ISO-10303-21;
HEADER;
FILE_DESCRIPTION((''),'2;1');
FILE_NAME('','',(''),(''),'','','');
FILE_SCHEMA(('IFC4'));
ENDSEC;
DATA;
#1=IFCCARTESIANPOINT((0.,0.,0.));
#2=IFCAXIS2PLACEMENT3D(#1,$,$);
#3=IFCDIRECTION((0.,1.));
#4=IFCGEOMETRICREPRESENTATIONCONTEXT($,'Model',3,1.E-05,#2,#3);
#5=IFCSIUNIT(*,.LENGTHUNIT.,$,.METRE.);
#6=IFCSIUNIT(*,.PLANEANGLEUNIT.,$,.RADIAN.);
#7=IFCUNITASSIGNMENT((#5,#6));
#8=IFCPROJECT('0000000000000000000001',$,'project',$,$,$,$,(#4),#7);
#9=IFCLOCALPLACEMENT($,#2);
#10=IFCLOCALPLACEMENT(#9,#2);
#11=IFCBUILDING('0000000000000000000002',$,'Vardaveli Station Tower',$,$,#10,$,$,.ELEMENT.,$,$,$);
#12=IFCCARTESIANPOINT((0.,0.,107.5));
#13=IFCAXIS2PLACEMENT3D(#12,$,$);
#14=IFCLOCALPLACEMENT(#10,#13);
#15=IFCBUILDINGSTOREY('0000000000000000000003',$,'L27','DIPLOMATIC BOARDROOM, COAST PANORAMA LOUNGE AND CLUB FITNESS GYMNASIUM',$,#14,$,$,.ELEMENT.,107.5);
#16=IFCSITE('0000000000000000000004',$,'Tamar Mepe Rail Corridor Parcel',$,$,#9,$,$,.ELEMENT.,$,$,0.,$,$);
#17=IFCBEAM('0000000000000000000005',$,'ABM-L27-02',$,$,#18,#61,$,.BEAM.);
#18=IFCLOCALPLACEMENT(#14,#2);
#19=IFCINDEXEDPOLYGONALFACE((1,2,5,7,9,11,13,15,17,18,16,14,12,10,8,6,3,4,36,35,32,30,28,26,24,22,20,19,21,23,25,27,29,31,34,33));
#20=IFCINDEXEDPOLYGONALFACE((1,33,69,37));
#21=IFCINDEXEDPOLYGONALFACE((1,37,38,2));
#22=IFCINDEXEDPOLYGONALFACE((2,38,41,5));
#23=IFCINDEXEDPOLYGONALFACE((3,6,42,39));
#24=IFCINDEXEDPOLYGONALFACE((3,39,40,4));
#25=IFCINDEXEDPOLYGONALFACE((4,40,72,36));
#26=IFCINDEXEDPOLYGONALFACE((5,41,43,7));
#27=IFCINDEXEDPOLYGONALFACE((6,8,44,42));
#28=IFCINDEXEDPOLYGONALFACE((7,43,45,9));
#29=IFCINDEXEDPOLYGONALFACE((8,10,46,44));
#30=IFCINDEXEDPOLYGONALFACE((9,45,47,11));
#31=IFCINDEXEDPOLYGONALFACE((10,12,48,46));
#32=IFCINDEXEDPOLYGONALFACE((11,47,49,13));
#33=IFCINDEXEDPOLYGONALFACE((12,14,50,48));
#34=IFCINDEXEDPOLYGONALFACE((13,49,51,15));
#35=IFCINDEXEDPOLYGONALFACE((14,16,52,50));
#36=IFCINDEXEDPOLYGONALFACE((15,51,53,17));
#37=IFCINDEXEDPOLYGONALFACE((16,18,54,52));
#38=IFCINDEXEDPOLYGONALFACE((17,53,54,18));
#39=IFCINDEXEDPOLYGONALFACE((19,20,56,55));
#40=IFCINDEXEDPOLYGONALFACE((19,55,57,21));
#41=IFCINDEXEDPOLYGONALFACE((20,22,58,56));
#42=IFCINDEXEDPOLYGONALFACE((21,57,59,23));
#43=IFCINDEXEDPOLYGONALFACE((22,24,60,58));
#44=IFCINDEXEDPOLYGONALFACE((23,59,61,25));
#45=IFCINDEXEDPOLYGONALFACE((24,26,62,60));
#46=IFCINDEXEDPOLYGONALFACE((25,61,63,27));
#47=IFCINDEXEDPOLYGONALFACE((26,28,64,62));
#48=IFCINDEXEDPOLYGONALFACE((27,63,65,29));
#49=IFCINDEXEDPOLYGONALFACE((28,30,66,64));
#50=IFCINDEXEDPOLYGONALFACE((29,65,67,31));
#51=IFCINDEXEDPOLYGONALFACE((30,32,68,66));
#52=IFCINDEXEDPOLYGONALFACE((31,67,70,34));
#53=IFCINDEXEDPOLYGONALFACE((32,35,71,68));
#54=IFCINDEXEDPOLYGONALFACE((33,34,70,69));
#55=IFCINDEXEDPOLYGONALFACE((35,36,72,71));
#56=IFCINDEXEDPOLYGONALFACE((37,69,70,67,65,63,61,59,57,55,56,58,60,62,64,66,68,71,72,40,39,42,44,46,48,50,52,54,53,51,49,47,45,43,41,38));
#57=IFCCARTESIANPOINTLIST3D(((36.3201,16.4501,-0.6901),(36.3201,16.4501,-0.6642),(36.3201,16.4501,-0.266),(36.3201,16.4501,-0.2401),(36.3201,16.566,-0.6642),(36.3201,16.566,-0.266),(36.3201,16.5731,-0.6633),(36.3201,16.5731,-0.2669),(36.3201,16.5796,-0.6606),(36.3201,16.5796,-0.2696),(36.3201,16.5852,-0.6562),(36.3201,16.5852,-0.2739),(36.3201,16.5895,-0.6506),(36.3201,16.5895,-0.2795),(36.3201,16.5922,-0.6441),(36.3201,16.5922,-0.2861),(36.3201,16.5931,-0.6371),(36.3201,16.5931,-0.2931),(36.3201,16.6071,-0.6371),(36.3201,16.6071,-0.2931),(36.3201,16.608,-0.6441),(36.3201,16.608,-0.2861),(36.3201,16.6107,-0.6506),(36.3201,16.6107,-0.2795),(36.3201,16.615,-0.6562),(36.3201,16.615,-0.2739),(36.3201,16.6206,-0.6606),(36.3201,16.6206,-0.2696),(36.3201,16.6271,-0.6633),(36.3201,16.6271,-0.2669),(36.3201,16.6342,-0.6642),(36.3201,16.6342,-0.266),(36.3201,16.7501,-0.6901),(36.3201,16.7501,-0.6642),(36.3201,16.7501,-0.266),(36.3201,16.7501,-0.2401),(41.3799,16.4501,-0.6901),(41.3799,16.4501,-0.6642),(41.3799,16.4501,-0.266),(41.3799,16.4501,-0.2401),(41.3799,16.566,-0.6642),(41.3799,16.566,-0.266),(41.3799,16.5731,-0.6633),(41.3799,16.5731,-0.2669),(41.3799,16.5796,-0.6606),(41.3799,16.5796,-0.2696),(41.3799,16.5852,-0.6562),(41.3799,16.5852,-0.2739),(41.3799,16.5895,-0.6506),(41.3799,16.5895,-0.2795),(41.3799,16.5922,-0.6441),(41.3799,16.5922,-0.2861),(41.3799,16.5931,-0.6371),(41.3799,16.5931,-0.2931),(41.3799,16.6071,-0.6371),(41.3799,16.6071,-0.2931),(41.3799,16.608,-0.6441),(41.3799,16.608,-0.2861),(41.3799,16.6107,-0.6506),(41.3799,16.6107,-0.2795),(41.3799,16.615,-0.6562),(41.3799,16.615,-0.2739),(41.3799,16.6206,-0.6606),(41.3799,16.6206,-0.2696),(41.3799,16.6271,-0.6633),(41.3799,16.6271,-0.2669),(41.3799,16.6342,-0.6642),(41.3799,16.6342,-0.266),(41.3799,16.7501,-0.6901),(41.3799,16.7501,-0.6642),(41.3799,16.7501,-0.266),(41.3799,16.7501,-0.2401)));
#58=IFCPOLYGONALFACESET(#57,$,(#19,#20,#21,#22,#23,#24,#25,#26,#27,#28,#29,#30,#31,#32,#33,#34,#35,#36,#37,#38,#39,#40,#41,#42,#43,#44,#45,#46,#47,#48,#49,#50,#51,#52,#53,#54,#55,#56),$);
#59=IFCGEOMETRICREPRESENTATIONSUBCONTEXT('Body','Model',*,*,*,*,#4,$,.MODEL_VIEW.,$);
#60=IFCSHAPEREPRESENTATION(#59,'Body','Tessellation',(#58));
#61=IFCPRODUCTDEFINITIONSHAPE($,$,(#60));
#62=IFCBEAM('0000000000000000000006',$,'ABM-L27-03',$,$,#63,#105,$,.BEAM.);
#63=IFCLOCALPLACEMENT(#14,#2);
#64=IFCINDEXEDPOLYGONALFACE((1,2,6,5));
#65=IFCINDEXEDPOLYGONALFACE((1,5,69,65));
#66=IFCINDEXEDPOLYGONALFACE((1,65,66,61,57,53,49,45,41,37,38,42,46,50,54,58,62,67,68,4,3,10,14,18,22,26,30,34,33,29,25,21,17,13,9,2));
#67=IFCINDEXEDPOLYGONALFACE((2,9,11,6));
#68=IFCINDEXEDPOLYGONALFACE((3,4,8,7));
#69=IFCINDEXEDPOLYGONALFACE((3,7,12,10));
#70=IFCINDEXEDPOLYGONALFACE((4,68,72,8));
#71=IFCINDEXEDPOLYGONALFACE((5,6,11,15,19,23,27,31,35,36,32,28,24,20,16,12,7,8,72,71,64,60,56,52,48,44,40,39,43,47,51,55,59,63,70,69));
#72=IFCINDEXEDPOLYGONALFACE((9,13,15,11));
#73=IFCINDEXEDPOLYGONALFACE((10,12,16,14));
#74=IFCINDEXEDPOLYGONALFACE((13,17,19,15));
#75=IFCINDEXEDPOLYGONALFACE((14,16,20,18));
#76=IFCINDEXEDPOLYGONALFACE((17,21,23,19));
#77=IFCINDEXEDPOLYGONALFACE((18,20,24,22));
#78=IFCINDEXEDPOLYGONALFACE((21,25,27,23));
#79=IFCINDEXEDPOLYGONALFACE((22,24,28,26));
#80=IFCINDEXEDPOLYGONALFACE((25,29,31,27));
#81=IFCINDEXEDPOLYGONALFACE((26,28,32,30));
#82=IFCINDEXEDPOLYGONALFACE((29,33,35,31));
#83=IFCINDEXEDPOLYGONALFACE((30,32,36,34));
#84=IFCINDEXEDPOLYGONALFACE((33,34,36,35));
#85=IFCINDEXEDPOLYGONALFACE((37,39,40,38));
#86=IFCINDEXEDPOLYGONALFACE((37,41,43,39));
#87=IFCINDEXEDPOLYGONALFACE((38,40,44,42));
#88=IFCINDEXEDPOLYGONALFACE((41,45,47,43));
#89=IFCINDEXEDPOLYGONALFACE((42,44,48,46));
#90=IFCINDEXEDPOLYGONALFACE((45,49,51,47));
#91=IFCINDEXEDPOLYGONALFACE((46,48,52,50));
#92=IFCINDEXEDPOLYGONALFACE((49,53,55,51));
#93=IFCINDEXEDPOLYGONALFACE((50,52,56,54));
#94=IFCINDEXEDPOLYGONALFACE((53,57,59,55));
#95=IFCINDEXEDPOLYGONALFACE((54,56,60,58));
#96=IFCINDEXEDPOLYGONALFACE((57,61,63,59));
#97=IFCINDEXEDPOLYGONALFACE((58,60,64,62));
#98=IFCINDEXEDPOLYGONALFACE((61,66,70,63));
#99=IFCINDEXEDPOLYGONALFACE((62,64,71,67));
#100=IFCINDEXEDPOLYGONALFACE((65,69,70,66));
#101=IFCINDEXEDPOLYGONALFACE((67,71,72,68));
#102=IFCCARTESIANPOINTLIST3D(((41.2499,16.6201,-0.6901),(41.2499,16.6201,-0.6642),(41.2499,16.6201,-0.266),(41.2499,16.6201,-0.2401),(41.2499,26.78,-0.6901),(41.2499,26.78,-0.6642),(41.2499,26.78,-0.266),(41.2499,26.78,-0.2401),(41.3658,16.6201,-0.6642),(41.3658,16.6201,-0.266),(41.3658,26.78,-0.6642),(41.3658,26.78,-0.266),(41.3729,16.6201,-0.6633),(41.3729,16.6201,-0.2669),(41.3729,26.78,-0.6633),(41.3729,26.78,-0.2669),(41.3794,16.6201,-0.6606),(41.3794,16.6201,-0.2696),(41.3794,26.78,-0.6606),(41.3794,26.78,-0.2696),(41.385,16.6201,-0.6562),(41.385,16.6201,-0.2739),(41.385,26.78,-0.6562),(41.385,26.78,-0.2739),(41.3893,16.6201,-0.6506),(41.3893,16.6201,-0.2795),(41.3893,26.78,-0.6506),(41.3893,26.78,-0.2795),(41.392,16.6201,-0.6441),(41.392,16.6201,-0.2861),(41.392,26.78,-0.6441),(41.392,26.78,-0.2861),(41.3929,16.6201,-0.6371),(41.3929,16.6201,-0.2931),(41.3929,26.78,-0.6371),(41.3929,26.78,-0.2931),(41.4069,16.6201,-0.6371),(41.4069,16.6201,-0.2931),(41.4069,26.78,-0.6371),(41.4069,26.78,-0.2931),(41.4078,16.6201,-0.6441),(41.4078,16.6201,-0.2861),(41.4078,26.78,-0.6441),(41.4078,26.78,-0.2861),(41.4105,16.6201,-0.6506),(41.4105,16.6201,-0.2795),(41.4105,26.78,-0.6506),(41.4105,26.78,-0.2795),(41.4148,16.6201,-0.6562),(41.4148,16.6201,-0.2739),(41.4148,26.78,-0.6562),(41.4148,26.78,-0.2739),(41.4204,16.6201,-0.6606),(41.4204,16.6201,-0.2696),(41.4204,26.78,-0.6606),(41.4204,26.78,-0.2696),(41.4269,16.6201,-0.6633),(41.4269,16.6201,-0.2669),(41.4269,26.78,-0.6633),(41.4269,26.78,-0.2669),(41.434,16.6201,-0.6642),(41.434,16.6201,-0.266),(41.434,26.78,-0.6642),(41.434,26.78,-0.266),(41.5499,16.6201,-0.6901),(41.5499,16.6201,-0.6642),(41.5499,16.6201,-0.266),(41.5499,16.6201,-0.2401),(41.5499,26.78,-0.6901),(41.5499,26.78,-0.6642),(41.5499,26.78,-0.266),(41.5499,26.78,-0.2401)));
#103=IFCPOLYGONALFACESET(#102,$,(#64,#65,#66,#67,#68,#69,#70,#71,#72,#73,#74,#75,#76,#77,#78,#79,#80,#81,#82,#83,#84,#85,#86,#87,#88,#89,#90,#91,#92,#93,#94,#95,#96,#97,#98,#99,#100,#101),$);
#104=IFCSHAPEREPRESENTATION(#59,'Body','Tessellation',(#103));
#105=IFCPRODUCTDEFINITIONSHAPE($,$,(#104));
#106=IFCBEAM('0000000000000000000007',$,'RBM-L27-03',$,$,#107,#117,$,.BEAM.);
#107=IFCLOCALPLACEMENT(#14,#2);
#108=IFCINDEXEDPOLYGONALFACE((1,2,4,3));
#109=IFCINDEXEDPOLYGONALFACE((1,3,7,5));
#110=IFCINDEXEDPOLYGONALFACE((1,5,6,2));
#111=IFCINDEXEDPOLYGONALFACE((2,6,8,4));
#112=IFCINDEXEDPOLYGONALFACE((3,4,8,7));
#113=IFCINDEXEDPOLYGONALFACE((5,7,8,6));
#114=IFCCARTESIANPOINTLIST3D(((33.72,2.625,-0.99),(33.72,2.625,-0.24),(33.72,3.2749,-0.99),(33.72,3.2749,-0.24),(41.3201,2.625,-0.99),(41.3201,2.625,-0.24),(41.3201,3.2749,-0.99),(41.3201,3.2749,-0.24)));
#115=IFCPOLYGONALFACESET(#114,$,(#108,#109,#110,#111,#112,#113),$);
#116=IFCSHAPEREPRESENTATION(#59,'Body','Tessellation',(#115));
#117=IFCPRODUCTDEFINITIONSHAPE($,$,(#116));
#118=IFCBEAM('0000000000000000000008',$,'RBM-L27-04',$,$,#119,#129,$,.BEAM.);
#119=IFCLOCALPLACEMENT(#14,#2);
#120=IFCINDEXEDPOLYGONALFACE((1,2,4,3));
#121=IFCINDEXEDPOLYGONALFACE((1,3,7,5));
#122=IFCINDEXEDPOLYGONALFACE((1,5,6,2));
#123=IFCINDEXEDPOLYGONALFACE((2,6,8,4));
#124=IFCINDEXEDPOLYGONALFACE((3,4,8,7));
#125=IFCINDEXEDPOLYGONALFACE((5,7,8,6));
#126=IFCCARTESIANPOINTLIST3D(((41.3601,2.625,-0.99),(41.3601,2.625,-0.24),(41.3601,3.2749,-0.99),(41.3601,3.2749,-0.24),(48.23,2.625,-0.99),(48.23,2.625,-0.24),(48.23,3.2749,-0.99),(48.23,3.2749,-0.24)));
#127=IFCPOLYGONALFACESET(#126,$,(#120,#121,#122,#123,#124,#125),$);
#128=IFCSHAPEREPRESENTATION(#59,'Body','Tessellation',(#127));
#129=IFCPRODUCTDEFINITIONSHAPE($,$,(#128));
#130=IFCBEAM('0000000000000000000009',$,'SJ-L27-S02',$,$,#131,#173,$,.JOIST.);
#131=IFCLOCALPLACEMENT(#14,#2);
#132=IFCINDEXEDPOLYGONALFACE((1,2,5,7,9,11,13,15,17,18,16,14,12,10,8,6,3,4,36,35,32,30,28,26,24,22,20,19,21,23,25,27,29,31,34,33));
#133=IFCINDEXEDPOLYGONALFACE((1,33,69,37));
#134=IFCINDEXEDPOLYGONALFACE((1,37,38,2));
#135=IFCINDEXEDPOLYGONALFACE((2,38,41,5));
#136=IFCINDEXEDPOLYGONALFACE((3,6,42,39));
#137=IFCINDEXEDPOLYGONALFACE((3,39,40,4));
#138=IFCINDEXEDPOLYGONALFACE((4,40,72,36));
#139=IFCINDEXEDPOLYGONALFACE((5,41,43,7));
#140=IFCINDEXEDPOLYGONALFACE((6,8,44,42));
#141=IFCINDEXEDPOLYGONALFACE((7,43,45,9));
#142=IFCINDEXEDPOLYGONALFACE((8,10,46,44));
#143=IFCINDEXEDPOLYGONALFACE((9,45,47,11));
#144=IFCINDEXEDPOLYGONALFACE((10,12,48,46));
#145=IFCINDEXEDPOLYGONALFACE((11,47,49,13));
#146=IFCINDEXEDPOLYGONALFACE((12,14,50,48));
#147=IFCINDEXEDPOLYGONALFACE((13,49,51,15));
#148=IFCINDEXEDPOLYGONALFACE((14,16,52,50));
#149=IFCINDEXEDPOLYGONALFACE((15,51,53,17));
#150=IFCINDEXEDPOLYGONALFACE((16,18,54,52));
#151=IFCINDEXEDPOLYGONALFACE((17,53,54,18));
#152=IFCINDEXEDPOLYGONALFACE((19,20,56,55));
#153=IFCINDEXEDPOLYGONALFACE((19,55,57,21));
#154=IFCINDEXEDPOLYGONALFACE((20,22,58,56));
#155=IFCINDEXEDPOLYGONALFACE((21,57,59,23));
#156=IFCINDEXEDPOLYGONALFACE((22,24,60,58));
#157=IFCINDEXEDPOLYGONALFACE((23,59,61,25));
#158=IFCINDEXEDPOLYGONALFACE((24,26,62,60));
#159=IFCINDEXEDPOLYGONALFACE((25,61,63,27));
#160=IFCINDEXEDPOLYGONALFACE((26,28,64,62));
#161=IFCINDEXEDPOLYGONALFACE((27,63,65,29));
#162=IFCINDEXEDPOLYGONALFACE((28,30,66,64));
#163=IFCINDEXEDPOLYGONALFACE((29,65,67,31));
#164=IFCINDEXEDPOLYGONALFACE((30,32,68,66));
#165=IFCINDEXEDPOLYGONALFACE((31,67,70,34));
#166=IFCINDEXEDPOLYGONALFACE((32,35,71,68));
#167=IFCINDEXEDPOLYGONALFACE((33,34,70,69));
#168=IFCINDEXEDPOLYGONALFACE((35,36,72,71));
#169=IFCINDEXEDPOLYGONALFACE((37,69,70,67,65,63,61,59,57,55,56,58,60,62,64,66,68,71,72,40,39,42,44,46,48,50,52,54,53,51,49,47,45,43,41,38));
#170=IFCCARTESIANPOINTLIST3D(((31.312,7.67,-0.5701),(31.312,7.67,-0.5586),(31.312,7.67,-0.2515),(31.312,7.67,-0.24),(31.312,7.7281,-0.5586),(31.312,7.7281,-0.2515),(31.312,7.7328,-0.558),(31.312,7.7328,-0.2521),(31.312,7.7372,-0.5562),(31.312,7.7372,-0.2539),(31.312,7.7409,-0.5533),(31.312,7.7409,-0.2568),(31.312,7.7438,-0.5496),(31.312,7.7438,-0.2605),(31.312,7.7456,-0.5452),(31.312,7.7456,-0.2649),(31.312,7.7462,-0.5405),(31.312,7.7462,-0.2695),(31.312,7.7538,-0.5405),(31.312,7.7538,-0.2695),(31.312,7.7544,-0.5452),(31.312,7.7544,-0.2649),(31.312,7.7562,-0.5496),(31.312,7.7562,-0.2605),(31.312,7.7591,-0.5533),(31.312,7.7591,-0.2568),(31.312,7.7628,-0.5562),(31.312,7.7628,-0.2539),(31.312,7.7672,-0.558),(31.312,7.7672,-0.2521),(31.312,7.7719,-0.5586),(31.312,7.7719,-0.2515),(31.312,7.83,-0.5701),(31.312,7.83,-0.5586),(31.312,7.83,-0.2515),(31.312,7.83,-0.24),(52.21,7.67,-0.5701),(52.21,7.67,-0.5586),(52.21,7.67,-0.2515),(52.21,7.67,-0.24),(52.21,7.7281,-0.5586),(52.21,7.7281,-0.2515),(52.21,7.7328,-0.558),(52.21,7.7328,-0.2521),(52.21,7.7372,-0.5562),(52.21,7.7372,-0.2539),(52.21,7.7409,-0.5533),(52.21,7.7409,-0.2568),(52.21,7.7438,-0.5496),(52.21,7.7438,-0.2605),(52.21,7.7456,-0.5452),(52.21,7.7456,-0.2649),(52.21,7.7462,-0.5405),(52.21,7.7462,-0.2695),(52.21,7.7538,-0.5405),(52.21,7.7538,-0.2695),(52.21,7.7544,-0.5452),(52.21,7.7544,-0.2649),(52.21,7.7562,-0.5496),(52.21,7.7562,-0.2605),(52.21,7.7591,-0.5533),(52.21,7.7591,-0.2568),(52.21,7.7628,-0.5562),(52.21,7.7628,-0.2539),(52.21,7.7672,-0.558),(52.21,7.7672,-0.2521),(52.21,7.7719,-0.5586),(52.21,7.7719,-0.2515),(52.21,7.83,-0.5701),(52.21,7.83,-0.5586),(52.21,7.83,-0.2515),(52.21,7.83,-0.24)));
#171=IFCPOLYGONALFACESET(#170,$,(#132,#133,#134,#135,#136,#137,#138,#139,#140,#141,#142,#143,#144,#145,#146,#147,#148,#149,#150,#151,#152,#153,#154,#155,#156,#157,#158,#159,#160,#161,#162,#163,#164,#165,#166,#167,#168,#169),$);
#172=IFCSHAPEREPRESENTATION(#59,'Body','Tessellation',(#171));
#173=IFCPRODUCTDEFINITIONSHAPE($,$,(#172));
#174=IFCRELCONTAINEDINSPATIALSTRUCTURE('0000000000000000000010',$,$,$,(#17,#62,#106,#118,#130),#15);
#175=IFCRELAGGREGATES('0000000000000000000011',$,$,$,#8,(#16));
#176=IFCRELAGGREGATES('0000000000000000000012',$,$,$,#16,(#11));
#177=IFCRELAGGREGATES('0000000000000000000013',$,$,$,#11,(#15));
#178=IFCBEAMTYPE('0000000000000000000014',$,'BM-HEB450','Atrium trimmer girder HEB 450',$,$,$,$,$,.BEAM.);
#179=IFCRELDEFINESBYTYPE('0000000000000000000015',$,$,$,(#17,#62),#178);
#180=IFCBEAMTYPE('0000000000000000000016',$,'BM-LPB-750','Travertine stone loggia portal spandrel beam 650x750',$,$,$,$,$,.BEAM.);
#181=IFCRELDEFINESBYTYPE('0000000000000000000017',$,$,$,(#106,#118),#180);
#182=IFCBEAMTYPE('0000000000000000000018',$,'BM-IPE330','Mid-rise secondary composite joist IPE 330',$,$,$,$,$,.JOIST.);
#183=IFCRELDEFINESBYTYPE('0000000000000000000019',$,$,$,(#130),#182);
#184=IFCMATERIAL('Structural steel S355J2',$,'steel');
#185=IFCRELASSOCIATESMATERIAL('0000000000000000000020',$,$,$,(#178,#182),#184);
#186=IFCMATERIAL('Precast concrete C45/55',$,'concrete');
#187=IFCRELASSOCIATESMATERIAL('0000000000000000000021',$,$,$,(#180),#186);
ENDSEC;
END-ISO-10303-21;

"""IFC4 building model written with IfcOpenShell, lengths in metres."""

from ifc_helpers import new_model, si_unit, direction, frame, origin, origin_2d, place, context, subcontext, project, spatial, rectangle, i_section, extrude, source, transform, mapped, material, material_profile, profile_set, type_object, element, save


model = new_model("IFC4")

# Units and contexts
model_context = context("Model", 3, precision=1e-05, world=origin(), true_north=direction((0.0, 1.0)))
body_context = subcontext(model_context, "Body", "Model", "MODEL_VIEW")
ifc_project = project(units=[si_unit("LENGTHUNIT", "METRE"), si_unit("PLANEANGLEUNIT", "RADIAN")], contexts=[model_context])

# Site, building, storey
site_placement = place(None, origin())
site = spatial("IfcSite", under=ifc_project, at=site_placement, Name="Tamar Mepe Rail Corridor Parcel", CompositionType="ELEMENT", RefElevation=0.0)
building_placement = place(site_placement, origin())
building = spatial("IfcBuilding", under=site, at=building_placement, Name="Vardaveli Station Tower", CompositionType="ELEMENT")
storey_placement = place(building_placement, frame((0.0, 0.0, 107.5)))
storey = spatial("IfcBuildingStorey", under=building, at=storey_placement, Name="L27", Description="DIPLOMATIC BOARDROOM, COAST PANORAMA LOUNGE AND CLUB FITNESS GYMNASIUM", CompositionType="ELEMENT", Elevation=107.5)

# Beams
ifc_material_1 = material(Name="Structural steel S355J2", Category="steel")
ifc_material_profile_1 = material_profile(ifc_material_1, i_section(OverallWidth=0.3, OverallDepth=0.45, WebThickness=0.0139, FlangeThickness=0.0259, FilletRadius=0.0271, at=origin_2d()), Name="HEB 450")
ifc_profile_set_1 = profile_set([ifc_material_profile_1], Name="Structural steel S355J2")
beam_type_1 = type_object("IfcBeamType", Name="BM-HEB450", Description="Atrium trimmer girder HEB 450", PredefinedType="BEAM", material=ifc_profile_set_1)
shared_shape_1 = source(origin(), body_context, "Body", "SweptSolid", [
    extrude(i_section(OverallWidth=0.3, OverallDepth=0.45, WebThickness=0.0139, FlangeThickness=0.0259, FilletRadius=0.0271, at=origin_2d()), origin(), (0.0, 0.0, 1.0), 5.0598),
])
beam_1_placement = place(storey_placement, frame((36.3201, 16.6001, -0.4651), z_axis=(1.0, 0.0, 0.0), x_axis=(0.0, 1.0, 0.0)))
element("IfcBeam", 1, at=beam_1_placement, inside=storey, type_object=beam_type_1, Name="ABM-L27-02", PredefinedType="BEAM", context=body_context, shape_type="MappedRepresentation", body=[
    mapped(shared_shape_1, transform((0.0, 0.0, 0.0), scale=1.0)),
])
shared_shape_2 = source(origin(), body_context, "Body", "SweptSolid", [
    extrude(i_section(OverallWidth=0.3, OverallDepth=0.45, WebThickness=0.0139, FlangeThickness=0.0259, FilletRadius=0.0271, at=origin_2d()), origin(), (0.0, 0.0, 1.0), 10.1599),
])
beam_2_placement = place(storey_placement, frame((41.3999, 16.6201, -0.4651), z_axis=(0.0, 1.0, 0.0), x_axis=(-1.0, 0.0, 0.0)))
element("IfcBeam", 2, at=beam_2_placement, inside=storey, type_object=beam_type_1, Name="ABM-L27-03", PredefinedType="BEAM", context=body_context, shape_type="MappedRepresentation", body=[
    mapped(shared_shape_2, transform((0.0, 0.0, 0.0), scale=1.0)),
])
ifc_material_2 = material(Name="Precast concrete C45/55", Category="concrete")
ifc_material_profile_2 = material_profile(ifc_material_2, rectangle(XDim=0.6499, YDim=0.75, at=origin_2d()), Name="LPB 650x750")
ifc_profile_set_2 = profile_set([ifc_material_profile_2], Name="Precast concrete C45/55")
beam_type_2 = type_object("IfcBeamType", Name="BM-LPB-750", Description="Travertine stone loggia portal spandrel beam 650x750", PredefinedType="BEAM", material=ifc_profile_set_2)
shared_shape_3 = source(origin(), body_context, "Body", "SweptSolid", [
    extrude(rectangle(XDim=0.6499, YDim=0.75, at=origin_2d()), origin(), (0.0, 0.0, 1.0), 7.6001),
])
beam_3_placement = place(storey_placement, frame((33.72, 2.95, -0.615), z_axis=(1.0, 0.0, 0.0), x_axis=(0.0, 1.0, 0.0)))
element("IfcBeam", 3, at=beam_3_placement, inside=storey, type_object=beam_type_2, Name="RBM-L27-03", PredefinedType="BEAM", context=body_context, shape_type="MappedRepresentation", body=[
    mapped(shared_shape_3, transform((0.0, 0.0, 0.0), scale=1.0)),
])
shared_shape_4 = source(origin(), body_context, "Body", "SweptSolid", [
    extrude(rectangle(XDim=0.6499, YDim=0.75, at=origin_2d()), origin(), (0.0, 0.0, 1.0), 6.8699),
])
beam_4_placement = place(storey_placement, frame((41.3601, 2.95, -0.615), z_axis=(1.0, 0.0, 0.0), x_axis=(0.0, 1.0, 0.0)))
element("IfcBeam", 4, at=beam_4_placement, inside=storey, type_object=beam_type_2, Name="RBM-L27-04", PredefinedType="BEAM", context=body_context, shape_type="MappedRepresentation", body=[
    mapped(shared_shape_4, transform((0.0, 0.0, 0.0), scale=1.0)),
])
ifc_material_profile_3 = material_profile(ifc_material_1, i_section(OverallWidth=0.1599, OverallDepth=0.3301, WebThickness=0.0076, FlangeThickness=0.0115, FilletRadius=0.0181, at=origin_2d()), Name="IPE 330")
ifc_profile_set_3 = profile_set([ifc_material_profile_3], Name="Structural steel S355J2")
beam_type_3 = type_object("IfcBeamType", Name="BM-IPE330", Description="Mid-rise secondary composite joist IPE 330", PredefinedType="JOIST", material=ifc_profile_set_3)
shared_shape_5 = source(origin(), body_context, "Body", "SweptSolid", [
    extrude(i_section(OverallWidth=0.1599, OverallDepth=0.3301, WebThickness=0.0076, FlangeThickness=0.0115, FilletRadius=0.0181, at=origin_2d()), origin(), (0.0, 0.0, 1.0), 20.8979),
])
for number, where, z_axis, x_axis, name in (
    (5, (31.312, 7.75, -0.405), (1.0, 0.0, 0.0), (0.0, 1.0, 0.0), "SJ-L27-S02"),
):
    element("IfcBeam", number, at=place(storey_placement, frame(where, z_axis=z_axis, x_axis=x_axis)), inside=storey, type_object=beam_type_3, Name=name, PredefinedType="JOIST", context=body_context, shape_type="MappedRepresentation", body=[
        mapped(shared_shape_5, transform((0.0, 0.0, 0.0), scale=1.0)),
    ])

save(model, "model.ifc")
